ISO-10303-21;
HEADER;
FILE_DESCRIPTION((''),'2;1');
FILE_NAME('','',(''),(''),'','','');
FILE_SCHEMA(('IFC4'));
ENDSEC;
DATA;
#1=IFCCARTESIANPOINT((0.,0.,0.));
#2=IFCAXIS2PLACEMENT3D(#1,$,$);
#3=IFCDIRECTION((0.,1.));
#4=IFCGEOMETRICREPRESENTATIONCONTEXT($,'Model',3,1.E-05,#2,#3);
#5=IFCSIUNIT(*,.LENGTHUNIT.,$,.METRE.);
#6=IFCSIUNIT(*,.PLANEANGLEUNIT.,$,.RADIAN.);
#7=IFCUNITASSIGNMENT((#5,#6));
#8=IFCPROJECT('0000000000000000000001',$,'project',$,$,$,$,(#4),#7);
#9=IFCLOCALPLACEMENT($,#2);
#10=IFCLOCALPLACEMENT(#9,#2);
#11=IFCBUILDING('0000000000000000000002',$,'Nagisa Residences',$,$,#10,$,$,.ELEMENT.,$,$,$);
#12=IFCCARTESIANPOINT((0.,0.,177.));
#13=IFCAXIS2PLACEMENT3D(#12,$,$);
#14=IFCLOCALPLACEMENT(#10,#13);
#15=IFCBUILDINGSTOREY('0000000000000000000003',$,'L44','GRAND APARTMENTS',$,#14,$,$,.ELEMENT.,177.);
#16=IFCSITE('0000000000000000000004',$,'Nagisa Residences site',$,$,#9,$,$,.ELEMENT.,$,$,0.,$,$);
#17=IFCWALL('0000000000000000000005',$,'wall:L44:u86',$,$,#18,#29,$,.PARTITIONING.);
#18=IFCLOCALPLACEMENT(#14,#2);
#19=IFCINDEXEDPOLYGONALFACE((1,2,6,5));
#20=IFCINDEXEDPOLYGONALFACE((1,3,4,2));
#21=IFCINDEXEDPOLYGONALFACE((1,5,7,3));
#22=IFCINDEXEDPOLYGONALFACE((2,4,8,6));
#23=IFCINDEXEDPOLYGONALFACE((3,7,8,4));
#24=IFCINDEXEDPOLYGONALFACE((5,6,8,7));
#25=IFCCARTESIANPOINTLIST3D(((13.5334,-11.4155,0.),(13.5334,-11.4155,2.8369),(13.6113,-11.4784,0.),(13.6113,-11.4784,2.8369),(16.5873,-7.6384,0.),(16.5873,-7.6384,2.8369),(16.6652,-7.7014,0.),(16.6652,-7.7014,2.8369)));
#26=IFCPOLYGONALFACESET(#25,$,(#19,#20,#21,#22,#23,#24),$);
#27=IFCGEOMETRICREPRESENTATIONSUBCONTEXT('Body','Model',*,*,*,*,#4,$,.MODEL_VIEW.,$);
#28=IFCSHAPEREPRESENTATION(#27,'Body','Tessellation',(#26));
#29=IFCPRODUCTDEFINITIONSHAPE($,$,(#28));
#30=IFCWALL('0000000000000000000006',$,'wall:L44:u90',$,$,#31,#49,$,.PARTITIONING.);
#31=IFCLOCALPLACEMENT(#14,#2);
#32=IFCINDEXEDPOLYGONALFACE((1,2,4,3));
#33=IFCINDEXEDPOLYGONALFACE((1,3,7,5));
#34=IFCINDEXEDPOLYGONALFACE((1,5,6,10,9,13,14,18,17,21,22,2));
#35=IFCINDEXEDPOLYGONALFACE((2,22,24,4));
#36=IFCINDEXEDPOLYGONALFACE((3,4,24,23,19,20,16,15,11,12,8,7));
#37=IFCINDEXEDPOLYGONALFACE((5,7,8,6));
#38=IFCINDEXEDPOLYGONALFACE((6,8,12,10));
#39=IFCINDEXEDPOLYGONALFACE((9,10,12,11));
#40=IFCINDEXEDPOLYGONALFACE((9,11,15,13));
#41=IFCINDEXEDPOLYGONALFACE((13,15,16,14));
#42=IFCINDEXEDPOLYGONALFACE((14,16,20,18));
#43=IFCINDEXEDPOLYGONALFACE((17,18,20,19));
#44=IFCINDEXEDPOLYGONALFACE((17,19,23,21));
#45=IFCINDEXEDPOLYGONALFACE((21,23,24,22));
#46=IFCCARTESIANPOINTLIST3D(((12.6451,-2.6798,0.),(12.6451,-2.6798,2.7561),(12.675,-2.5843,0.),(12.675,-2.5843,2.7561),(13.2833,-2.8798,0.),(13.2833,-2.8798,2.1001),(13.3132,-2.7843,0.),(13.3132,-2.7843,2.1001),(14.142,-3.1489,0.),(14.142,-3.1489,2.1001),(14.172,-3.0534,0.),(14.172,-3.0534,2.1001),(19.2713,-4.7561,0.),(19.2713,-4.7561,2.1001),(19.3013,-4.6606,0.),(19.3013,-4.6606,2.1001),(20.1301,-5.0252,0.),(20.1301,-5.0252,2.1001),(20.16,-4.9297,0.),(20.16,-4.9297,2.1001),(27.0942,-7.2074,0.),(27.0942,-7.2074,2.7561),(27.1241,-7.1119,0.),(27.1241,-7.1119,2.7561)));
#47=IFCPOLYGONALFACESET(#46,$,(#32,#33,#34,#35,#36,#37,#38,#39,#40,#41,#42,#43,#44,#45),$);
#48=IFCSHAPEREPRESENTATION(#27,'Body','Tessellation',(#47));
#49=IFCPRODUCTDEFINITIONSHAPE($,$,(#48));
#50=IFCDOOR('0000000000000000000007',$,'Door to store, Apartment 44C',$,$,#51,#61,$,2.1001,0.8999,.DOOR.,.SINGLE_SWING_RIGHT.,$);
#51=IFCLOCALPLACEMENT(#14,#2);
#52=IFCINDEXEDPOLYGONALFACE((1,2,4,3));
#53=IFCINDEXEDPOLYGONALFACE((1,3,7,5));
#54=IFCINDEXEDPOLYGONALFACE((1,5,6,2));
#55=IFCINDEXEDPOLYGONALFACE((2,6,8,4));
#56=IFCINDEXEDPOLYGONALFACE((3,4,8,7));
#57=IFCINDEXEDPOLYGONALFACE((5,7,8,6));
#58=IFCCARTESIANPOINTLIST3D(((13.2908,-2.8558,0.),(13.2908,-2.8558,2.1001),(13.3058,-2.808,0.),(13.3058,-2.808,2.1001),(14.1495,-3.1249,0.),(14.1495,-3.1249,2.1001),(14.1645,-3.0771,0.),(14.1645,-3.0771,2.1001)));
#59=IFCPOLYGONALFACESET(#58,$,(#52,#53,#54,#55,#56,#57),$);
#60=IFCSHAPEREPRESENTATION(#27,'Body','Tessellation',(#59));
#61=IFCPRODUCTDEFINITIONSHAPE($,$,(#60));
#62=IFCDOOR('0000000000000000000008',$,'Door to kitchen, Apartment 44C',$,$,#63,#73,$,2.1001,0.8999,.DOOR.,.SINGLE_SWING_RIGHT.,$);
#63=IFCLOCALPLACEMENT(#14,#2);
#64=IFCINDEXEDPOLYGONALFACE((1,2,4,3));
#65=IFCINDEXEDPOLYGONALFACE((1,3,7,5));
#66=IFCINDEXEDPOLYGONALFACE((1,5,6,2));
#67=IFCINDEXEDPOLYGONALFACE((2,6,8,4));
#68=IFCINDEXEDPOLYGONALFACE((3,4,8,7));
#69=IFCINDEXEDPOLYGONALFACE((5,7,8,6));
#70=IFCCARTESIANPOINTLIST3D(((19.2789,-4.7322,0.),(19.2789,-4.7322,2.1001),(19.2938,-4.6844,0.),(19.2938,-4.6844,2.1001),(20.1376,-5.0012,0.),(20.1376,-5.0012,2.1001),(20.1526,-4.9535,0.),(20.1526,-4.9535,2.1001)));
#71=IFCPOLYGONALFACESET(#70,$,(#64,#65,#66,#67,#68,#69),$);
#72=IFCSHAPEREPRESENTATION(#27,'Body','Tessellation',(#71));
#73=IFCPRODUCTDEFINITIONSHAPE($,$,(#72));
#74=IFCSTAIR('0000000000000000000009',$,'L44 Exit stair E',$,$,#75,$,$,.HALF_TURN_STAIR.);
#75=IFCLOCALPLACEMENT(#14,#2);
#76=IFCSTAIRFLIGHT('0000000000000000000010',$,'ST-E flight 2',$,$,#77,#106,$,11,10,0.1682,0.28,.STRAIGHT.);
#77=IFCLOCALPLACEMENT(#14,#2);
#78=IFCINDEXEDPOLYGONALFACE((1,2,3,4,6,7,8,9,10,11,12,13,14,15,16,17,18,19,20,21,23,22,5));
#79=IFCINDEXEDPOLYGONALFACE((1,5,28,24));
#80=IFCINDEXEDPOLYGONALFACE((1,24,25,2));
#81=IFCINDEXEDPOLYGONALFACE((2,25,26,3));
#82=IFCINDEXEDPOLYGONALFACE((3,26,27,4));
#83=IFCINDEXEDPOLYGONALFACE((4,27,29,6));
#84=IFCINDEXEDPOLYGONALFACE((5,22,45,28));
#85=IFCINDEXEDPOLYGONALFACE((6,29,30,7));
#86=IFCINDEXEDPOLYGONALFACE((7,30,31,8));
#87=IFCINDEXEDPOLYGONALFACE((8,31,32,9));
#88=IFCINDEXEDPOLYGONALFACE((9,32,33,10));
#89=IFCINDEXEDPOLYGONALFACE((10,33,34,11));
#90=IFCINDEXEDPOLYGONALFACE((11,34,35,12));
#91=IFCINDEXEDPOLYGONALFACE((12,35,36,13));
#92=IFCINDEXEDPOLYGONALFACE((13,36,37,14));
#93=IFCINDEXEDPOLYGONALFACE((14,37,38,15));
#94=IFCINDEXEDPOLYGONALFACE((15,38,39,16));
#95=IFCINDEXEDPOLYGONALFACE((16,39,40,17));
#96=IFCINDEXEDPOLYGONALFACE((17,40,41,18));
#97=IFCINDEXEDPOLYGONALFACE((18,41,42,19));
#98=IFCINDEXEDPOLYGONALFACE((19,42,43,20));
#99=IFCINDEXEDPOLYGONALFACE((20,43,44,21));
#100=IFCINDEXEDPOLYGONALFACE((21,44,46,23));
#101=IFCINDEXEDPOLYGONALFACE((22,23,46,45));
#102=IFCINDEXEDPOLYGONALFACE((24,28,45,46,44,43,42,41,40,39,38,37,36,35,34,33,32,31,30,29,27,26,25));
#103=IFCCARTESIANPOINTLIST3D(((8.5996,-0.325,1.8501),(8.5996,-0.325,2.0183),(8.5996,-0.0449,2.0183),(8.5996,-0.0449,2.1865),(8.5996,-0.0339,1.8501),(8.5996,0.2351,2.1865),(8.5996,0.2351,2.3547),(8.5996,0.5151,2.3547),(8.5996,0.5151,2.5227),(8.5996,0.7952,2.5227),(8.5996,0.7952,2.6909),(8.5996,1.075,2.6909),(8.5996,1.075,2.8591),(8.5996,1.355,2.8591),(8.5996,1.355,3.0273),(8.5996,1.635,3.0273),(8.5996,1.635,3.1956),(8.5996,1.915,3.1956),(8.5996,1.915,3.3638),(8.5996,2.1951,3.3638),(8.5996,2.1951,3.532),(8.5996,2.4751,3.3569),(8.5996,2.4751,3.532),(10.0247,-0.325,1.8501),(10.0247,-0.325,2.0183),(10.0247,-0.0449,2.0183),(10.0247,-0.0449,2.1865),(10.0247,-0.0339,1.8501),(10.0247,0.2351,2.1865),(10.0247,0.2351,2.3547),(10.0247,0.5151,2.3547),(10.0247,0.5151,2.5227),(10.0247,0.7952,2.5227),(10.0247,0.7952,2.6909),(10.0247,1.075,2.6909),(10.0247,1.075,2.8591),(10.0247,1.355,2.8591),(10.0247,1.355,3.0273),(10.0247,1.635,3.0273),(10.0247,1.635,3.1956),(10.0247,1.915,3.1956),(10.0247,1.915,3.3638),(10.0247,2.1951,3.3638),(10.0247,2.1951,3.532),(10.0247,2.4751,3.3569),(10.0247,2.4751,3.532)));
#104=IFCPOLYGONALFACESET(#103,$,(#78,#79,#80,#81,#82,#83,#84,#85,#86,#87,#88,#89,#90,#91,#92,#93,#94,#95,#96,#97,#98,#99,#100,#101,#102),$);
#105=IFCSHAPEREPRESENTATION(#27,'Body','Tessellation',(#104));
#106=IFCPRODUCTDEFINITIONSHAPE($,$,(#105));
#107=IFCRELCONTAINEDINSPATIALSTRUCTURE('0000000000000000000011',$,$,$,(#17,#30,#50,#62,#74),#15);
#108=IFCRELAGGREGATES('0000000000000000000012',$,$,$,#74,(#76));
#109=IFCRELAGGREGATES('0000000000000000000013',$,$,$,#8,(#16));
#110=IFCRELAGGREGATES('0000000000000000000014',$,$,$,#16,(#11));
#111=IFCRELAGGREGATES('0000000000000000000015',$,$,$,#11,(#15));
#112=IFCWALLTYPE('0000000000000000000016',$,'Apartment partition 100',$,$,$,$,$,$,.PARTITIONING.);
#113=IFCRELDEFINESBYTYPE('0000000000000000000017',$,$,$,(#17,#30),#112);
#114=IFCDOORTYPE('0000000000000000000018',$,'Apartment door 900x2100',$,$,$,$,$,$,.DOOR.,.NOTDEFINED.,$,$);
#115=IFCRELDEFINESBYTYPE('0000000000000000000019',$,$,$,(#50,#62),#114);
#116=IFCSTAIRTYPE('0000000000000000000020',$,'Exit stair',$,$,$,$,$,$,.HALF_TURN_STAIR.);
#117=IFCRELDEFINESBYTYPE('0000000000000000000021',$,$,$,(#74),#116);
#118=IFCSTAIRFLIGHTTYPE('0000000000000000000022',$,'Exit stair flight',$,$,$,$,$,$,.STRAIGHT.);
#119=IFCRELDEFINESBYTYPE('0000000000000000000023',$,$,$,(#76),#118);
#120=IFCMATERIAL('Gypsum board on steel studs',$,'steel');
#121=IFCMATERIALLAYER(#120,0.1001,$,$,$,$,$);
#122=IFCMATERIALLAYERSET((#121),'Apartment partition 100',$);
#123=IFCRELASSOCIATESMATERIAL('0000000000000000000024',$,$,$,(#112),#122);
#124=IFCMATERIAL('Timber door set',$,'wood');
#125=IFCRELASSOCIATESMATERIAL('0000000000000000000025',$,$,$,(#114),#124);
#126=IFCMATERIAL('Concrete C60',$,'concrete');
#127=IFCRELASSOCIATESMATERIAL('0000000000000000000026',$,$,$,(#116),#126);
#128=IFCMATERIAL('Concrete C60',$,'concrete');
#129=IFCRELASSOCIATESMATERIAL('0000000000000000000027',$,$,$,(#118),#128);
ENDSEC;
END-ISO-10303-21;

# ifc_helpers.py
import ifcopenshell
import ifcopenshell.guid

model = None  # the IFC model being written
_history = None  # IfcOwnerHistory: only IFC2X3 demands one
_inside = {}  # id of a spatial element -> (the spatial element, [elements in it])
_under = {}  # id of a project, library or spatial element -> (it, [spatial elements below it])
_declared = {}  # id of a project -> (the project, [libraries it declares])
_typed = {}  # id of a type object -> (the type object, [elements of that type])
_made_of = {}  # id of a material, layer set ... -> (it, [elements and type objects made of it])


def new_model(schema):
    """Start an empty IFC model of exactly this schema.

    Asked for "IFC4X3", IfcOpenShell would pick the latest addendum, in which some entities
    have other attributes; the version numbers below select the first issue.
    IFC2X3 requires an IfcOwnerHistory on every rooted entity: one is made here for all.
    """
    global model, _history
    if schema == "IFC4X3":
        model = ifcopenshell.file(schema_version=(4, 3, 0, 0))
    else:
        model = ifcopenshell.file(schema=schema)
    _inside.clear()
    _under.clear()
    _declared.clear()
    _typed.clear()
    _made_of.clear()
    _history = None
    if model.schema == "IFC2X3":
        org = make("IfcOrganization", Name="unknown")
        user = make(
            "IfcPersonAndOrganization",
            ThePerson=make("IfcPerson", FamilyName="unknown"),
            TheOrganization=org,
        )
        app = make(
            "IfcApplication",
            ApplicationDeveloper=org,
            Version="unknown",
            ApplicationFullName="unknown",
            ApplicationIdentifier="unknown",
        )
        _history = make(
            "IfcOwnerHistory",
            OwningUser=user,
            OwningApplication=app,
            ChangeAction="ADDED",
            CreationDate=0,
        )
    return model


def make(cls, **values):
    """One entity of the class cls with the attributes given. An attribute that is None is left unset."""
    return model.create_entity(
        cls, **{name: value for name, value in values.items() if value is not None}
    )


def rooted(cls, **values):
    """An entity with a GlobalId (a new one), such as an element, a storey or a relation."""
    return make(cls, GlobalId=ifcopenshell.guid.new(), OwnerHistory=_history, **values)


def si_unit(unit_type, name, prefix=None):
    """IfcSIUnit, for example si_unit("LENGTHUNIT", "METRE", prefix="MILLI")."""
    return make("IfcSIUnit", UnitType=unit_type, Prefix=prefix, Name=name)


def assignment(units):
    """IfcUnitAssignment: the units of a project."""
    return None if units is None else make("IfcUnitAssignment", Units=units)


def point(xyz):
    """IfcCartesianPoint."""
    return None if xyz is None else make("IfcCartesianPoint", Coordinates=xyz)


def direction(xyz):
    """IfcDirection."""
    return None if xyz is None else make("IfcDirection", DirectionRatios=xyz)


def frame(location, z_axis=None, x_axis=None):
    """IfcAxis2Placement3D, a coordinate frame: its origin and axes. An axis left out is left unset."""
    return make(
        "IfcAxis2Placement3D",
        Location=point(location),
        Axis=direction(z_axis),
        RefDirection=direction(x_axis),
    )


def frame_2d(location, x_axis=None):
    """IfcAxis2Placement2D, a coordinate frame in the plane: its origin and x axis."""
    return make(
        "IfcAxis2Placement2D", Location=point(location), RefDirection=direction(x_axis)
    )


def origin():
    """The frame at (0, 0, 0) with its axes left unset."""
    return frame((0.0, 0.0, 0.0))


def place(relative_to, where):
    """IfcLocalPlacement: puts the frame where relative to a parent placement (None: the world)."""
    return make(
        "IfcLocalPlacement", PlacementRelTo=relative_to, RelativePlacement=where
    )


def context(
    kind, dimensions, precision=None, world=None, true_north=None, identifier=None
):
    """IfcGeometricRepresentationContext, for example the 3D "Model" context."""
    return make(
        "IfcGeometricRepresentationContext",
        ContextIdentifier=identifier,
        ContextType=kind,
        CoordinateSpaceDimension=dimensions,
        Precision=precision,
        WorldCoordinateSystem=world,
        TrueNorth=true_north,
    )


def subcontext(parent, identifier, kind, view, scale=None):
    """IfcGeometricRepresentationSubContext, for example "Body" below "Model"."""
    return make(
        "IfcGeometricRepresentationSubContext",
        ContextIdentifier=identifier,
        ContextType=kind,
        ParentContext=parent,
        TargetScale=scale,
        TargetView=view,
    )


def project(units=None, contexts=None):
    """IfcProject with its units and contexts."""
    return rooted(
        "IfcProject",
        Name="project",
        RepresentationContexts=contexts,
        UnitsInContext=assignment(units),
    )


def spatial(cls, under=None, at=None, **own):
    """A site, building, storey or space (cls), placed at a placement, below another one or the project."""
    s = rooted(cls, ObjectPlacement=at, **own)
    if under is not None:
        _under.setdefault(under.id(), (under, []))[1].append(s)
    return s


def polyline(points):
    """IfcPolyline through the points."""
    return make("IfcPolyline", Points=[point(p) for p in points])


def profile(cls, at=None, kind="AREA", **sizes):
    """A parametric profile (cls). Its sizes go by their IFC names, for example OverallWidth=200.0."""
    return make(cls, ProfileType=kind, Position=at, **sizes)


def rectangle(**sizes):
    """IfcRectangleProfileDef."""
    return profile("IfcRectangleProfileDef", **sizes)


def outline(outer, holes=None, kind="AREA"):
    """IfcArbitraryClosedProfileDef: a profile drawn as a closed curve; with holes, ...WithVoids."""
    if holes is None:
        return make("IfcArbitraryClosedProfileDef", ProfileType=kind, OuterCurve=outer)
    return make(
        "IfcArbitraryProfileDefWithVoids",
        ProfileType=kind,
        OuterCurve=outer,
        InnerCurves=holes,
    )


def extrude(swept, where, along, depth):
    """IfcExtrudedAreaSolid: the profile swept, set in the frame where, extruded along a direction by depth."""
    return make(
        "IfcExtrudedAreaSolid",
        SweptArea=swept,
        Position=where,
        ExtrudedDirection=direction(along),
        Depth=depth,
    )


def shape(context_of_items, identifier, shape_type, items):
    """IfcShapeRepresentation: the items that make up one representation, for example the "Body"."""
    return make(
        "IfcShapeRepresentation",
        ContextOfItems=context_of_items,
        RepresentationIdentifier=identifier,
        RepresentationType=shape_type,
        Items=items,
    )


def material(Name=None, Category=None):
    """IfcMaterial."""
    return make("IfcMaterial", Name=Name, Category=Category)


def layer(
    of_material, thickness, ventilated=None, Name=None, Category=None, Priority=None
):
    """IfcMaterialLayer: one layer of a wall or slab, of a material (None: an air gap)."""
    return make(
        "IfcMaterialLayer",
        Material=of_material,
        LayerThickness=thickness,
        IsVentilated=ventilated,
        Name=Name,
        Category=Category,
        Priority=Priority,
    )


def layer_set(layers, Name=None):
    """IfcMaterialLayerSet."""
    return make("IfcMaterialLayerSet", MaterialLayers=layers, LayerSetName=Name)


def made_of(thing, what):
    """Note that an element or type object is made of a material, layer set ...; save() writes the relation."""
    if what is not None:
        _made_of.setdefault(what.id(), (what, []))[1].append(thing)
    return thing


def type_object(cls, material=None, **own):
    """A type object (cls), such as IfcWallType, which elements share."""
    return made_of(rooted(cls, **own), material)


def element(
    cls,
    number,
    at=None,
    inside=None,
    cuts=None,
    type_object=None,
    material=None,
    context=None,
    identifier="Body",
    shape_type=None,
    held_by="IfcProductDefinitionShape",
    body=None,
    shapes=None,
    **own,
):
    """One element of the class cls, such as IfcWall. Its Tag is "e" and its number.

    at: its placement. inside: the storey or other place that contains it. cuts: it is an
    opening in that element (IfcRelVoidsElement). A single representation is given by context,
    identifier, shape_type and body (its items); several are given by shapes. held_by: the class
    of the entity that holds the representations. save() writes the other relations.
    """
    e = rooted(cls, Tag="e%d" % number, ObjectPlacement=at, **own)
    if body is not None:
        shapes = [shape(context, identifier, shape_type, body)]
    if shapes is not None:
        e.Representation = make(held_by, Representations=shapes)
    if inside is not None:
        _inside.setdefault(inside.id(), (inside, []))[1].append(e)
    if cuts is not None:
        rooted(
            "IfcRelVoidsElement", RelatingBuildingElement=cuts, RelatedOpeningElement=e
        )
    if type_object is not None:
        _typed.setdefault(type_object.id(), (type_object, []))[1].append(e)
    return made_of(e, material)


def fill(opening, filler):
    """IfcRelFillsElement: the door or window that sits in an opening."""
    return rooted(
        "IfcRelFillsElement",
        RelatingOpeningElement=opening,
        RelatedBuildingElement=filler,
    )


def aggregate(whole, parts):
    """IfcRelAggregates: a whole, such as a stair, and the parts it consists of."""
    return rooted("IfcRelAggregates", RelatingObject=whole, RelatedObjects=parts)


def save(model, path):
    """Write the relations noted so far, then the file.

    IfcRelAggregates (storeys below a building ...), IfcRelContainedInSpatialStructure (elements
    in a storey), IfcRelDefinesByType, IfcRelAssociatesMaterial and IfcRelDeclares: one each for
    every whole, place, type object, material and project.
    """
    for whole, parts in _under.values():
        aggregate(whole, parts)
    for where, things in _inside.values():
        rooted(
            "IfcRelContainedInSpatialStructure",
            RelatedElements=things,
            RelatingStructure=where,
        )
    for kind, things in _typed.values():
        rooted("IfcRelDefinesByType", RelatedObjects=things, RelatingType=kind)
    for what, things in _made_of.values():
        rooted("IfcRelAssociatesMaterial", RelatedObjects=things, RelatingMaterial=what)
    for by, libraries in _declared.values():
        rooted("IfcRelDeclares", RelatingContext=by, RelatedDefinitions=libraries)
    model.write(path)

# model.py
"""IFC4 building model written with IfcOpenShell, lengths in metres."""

from ifc_helpers import new_model, si_unit, direction, frame, frame_2d, origin, place, context, subcontext, project, spatial, polyline, rectangle, outline, extrude, material, layer, layer_set, type_object, element, fill, aggregate, save


model = new_model("IFC4")

# Units and contexts
model_context = context("Model", 3, precision=1e-05, world=origin(), true_north=direction((0.0, 1.0)))
body_context = subcontext(model_context, "Body", "Model", "MODEL_VIEW")
ifc_project = project(units=[si_unit("LENGTHUNIT", "METRE"), si_unit("PLANEANGLEUNIT", "RADIAN")], contexts=[model_context])

# Site, building, storey
site_placement = place(None, origin())
site = spatial("IfcSite", under=ifc_project, at=site_placement, Name="Nagisa Residences site", CompositionType="ELEMENT", RefElevation=0.0)
building_placement = place(site_placement, origin())
building = spatial("IfcBuilding", under=site, at=building_placement, Name="Nagisa Residences", CompositionType="ELEMENT")
storey_placement = place(building_placement, frame((0.0, 0.0, 177.0)))
storey = spatial("IfcBuildingStorey", under=building, at=storey_placement, Name="L44", Description="GRAND APARTMENTS", CompositionType="ELEMENT", Elevation=177.0)

# Shared definitions
ifc_material_1 = material(Name="Gypsum board on steel studs", Category="steel")
ifc_layer_1 = layer(ifc_material_1, 0.1001)
ifc_layer_set_1 = layer_set([ifc_layer_1], Name="Apartment partition 100")
wall_type_1 = type_object("IfcWallType", Name="Apartment partition 100", PredefinedType="PARTITIONING", material=ifc_layer_set_1)

# Shared definitions
ifc_material_2 = material(Name="Timber door set", Category="wood")
door_type_1 = type_object("IfcDoorType", Name="Apartment door 900x2100", OperationType="NOTDEFINED", PredefinedType="DOOR", material=ifc_material_2)

# Wall
wall_1_placement = place(storey_placement, frame((13.5723, -11.447, 0.0), z_axis=(0.0, 0.0, 1.0), x_axis=(0.628738, 0.777617, 0.0)))
element("IfcWall", 1, at=wall_1_placement, inside=storey, type_object=wall_type_1, Name="wall:L44:u86", PredefinedType="PARTITIONING", context=body_context, shape_type="SweptSolid", body=[
    extrude(rectangle(XDim=4.8572, YDim=0.1001, at=frame_2d((2.4287, 0.0))), origin(), (0.0, 0.0, 1.0), 2.8369),
])

# Wall, openings, doors
wall_2_placement = place(storey_placement, frame((12.6602, -2.6321, 0.0), z_axis=(0.0, 0.0, 1.0), x_axis=(0.954249, -0.299014, 0.0)))
wall_2 = element("IfcWall", 2, at=wall_2_placement, inside=storey, type_object=wall_type_1, Name="wall:L44:u90", PredefinedType="PARTITIONING", context=body_context, shape_type="SweptSolid", body=[
    extrude(rectangle(XDim=15.1418, YDim=0.1001, at=frame_2d((7.5708, 0.0))), origin(), (0.0, 0.0, 1.0), 2.7561),
])
opening_1_placement = place(wall_2_placement, frame((0.6687, 0.0, 0.0)))
opening_1 = element("IfcOpeningElement", 3, at=opening_1_placement, cuts=wall_2, PredefinedType="OPENING", context=body_context, shape_type="SweptSolid", body=[
    extrude(rectangle(XDim=0.8999, YDim=2.1001, at=frame_2d((0.45, 1.05))), frame((0.0, 0.0601, 0.0), z_axis=(0.0, -1.0, 0.0), x_axis=(1.0, 0.0, 0.0)), (0.0, 0.0, 1.0), 0.1201),
])
opening_2_placement = place(wall_2_placement, frame((6.9438, 0.0, 0.0)))
opening_2 = element("IfcOpeningElement", 4, at=opening_2_placement, cuts=wall_2, PredefinedType="OPENING", context=body_context, shape_type="SweptSolid", body=[
    extrude(rectangle(XDim=0.8999, YDim=2.1001, at=frame_2d((0.45, 1.05))), frame((0.0, 0.0601, 0.0), z_axis=(0.0, -1.0, 0.0), x_axis=(1.0, 0.0, 0.0)), (0.0, 0.0, 1.0), 0.1201),
])
door_1_placement = place(opening_1_placement, frame((0.8999, 0.0, 0.0), x_axis=(-1.0, 0.0, 0.0)))
door_1 = element("IfcDoor", 5, at=door_1_placement, inside=storey, type_object=door_type_1, Name="Door to store, Apartment 44C", OperationType="SINGLE_SWING_RIGHT", OverallHeight=2.1001, OverallWidth=0.8999, PredefinedType="DOOR", context=body_context, shape_type="SweptSolid", body=[
    extrude(rectangle(XDim=0.8999, YDim=2.1001, at=frame_2d((0.45, 1.05))), frame((0.0, 0.0249, 0.0), z_axis=(0.0, -1.0, 0.0), x_axis=(1.0, 0.0, 0.0)), (0.0, 0.0, 1.0), 0.05),
])
fill(opening_1, door_1)
door_2_placement = place(opening_2_placement, frame((0.8999, 0.0, 0.0), x_axis=(-1.0, 0.0, 0.0)))
door_2 = element("IfcDoor", 6, at=door_2_placement, inside=storey, type_object=door_type_1, Name="Door to kitchen, Apartment 44C", OperationType="SINGLE_SWING_RIGHT", OverallHeight=2.1001, OverallWidth=0.8999, PredefinedType="DOOR", context=body_context, shape_type="SweptSolid", body=[
    extrude(rectangle(XDim=0.8999, YDim=2.1001, at=frame_2d((0.45, 1.05))), frame((0.0, 0.0249, 0.0), z_axis=(0.0, -1.0, 0.0), x_axis=(1.0, 0.0, 0.0)), (0.0, 0.0, 1.0), 0.05),
])
fill(opening_2, door_2)

# Stair, stair flight
ifc_material_3 = material(Name="Concrete C60", Category="concrete")
stair_type = type_object("IfcStairType", Name="Exit stair", PredefinedType="HALF_TURN_STAIR", material=ifc_material_3)
stair_placement = place(storey_placement, origin())
stair = element("IfcStair", 7, at=stair_placement, inside=storey, type_object=stair_type, Name="L44 Exit stair E", PredefinedType="HALF_TURN_STAIR")
ifc_material_4 = material(Name="Concrete C60", Category="concrete")
stair_flight_type = type_object("IfcStairFlightType", Name="Exit stair flight", PredefinedType="STRAIGHT", material=ifc_material_4)
stair_flight_placement = place(storey_placement, frame((9.312, -0.325, 1.8501), z_axis=(0.0, 0.0, 1.0), x_axis=(0.0, 1.0, 0.0)))
stair_flight = element("IfcStairFlight", 8, at=stair_flight_placement, type_object=stair_flight_type, Name="ST-E flight 2", NumberOfRisers=11, NumberOfTreads=10, PredefinedType="STRAIGHT", RiserHeight=0.1682, TreadLength=0.28, context=body_context, shape_type="SweptSolid", body=[
    extrude(outline(polyline([(0.0, 0.0), (0.0, 0.1682), (0.28, 0.1682), (0.28, 0.3364), (0.5601, 0.3364), (0.5601, 0.5046), (0.8401, 0.5046), (0.8401, 0.6726), (1.1201, 0.6726), (1.1201, 0.8408), (1.3999, 0.8408), (1.3999, 1.009), (1.6799, 1.009), (1.6799, 1.1772), (1.96, 1.1772), (1.96, 1.3455), (2.24, 1.3455), (2.24, 1.5137), (2.52, 1.5137), (2.52, 1.6819), (2.8, 1.6819), (2.8, 1.8501), (2.8, 1.5068), (0.291, 0.0), (0.0, 0.0)])), frame((0.0, 0.7124, 0.0), z_axis=(0.0, -1.0, 0.0), x_axis=(1.0, 0.0, 0.0)), (0.0, 0.0, 1.0), 1.425),
])
aggregate(stair, [stair_flight])

save(model, "model.ifc")
